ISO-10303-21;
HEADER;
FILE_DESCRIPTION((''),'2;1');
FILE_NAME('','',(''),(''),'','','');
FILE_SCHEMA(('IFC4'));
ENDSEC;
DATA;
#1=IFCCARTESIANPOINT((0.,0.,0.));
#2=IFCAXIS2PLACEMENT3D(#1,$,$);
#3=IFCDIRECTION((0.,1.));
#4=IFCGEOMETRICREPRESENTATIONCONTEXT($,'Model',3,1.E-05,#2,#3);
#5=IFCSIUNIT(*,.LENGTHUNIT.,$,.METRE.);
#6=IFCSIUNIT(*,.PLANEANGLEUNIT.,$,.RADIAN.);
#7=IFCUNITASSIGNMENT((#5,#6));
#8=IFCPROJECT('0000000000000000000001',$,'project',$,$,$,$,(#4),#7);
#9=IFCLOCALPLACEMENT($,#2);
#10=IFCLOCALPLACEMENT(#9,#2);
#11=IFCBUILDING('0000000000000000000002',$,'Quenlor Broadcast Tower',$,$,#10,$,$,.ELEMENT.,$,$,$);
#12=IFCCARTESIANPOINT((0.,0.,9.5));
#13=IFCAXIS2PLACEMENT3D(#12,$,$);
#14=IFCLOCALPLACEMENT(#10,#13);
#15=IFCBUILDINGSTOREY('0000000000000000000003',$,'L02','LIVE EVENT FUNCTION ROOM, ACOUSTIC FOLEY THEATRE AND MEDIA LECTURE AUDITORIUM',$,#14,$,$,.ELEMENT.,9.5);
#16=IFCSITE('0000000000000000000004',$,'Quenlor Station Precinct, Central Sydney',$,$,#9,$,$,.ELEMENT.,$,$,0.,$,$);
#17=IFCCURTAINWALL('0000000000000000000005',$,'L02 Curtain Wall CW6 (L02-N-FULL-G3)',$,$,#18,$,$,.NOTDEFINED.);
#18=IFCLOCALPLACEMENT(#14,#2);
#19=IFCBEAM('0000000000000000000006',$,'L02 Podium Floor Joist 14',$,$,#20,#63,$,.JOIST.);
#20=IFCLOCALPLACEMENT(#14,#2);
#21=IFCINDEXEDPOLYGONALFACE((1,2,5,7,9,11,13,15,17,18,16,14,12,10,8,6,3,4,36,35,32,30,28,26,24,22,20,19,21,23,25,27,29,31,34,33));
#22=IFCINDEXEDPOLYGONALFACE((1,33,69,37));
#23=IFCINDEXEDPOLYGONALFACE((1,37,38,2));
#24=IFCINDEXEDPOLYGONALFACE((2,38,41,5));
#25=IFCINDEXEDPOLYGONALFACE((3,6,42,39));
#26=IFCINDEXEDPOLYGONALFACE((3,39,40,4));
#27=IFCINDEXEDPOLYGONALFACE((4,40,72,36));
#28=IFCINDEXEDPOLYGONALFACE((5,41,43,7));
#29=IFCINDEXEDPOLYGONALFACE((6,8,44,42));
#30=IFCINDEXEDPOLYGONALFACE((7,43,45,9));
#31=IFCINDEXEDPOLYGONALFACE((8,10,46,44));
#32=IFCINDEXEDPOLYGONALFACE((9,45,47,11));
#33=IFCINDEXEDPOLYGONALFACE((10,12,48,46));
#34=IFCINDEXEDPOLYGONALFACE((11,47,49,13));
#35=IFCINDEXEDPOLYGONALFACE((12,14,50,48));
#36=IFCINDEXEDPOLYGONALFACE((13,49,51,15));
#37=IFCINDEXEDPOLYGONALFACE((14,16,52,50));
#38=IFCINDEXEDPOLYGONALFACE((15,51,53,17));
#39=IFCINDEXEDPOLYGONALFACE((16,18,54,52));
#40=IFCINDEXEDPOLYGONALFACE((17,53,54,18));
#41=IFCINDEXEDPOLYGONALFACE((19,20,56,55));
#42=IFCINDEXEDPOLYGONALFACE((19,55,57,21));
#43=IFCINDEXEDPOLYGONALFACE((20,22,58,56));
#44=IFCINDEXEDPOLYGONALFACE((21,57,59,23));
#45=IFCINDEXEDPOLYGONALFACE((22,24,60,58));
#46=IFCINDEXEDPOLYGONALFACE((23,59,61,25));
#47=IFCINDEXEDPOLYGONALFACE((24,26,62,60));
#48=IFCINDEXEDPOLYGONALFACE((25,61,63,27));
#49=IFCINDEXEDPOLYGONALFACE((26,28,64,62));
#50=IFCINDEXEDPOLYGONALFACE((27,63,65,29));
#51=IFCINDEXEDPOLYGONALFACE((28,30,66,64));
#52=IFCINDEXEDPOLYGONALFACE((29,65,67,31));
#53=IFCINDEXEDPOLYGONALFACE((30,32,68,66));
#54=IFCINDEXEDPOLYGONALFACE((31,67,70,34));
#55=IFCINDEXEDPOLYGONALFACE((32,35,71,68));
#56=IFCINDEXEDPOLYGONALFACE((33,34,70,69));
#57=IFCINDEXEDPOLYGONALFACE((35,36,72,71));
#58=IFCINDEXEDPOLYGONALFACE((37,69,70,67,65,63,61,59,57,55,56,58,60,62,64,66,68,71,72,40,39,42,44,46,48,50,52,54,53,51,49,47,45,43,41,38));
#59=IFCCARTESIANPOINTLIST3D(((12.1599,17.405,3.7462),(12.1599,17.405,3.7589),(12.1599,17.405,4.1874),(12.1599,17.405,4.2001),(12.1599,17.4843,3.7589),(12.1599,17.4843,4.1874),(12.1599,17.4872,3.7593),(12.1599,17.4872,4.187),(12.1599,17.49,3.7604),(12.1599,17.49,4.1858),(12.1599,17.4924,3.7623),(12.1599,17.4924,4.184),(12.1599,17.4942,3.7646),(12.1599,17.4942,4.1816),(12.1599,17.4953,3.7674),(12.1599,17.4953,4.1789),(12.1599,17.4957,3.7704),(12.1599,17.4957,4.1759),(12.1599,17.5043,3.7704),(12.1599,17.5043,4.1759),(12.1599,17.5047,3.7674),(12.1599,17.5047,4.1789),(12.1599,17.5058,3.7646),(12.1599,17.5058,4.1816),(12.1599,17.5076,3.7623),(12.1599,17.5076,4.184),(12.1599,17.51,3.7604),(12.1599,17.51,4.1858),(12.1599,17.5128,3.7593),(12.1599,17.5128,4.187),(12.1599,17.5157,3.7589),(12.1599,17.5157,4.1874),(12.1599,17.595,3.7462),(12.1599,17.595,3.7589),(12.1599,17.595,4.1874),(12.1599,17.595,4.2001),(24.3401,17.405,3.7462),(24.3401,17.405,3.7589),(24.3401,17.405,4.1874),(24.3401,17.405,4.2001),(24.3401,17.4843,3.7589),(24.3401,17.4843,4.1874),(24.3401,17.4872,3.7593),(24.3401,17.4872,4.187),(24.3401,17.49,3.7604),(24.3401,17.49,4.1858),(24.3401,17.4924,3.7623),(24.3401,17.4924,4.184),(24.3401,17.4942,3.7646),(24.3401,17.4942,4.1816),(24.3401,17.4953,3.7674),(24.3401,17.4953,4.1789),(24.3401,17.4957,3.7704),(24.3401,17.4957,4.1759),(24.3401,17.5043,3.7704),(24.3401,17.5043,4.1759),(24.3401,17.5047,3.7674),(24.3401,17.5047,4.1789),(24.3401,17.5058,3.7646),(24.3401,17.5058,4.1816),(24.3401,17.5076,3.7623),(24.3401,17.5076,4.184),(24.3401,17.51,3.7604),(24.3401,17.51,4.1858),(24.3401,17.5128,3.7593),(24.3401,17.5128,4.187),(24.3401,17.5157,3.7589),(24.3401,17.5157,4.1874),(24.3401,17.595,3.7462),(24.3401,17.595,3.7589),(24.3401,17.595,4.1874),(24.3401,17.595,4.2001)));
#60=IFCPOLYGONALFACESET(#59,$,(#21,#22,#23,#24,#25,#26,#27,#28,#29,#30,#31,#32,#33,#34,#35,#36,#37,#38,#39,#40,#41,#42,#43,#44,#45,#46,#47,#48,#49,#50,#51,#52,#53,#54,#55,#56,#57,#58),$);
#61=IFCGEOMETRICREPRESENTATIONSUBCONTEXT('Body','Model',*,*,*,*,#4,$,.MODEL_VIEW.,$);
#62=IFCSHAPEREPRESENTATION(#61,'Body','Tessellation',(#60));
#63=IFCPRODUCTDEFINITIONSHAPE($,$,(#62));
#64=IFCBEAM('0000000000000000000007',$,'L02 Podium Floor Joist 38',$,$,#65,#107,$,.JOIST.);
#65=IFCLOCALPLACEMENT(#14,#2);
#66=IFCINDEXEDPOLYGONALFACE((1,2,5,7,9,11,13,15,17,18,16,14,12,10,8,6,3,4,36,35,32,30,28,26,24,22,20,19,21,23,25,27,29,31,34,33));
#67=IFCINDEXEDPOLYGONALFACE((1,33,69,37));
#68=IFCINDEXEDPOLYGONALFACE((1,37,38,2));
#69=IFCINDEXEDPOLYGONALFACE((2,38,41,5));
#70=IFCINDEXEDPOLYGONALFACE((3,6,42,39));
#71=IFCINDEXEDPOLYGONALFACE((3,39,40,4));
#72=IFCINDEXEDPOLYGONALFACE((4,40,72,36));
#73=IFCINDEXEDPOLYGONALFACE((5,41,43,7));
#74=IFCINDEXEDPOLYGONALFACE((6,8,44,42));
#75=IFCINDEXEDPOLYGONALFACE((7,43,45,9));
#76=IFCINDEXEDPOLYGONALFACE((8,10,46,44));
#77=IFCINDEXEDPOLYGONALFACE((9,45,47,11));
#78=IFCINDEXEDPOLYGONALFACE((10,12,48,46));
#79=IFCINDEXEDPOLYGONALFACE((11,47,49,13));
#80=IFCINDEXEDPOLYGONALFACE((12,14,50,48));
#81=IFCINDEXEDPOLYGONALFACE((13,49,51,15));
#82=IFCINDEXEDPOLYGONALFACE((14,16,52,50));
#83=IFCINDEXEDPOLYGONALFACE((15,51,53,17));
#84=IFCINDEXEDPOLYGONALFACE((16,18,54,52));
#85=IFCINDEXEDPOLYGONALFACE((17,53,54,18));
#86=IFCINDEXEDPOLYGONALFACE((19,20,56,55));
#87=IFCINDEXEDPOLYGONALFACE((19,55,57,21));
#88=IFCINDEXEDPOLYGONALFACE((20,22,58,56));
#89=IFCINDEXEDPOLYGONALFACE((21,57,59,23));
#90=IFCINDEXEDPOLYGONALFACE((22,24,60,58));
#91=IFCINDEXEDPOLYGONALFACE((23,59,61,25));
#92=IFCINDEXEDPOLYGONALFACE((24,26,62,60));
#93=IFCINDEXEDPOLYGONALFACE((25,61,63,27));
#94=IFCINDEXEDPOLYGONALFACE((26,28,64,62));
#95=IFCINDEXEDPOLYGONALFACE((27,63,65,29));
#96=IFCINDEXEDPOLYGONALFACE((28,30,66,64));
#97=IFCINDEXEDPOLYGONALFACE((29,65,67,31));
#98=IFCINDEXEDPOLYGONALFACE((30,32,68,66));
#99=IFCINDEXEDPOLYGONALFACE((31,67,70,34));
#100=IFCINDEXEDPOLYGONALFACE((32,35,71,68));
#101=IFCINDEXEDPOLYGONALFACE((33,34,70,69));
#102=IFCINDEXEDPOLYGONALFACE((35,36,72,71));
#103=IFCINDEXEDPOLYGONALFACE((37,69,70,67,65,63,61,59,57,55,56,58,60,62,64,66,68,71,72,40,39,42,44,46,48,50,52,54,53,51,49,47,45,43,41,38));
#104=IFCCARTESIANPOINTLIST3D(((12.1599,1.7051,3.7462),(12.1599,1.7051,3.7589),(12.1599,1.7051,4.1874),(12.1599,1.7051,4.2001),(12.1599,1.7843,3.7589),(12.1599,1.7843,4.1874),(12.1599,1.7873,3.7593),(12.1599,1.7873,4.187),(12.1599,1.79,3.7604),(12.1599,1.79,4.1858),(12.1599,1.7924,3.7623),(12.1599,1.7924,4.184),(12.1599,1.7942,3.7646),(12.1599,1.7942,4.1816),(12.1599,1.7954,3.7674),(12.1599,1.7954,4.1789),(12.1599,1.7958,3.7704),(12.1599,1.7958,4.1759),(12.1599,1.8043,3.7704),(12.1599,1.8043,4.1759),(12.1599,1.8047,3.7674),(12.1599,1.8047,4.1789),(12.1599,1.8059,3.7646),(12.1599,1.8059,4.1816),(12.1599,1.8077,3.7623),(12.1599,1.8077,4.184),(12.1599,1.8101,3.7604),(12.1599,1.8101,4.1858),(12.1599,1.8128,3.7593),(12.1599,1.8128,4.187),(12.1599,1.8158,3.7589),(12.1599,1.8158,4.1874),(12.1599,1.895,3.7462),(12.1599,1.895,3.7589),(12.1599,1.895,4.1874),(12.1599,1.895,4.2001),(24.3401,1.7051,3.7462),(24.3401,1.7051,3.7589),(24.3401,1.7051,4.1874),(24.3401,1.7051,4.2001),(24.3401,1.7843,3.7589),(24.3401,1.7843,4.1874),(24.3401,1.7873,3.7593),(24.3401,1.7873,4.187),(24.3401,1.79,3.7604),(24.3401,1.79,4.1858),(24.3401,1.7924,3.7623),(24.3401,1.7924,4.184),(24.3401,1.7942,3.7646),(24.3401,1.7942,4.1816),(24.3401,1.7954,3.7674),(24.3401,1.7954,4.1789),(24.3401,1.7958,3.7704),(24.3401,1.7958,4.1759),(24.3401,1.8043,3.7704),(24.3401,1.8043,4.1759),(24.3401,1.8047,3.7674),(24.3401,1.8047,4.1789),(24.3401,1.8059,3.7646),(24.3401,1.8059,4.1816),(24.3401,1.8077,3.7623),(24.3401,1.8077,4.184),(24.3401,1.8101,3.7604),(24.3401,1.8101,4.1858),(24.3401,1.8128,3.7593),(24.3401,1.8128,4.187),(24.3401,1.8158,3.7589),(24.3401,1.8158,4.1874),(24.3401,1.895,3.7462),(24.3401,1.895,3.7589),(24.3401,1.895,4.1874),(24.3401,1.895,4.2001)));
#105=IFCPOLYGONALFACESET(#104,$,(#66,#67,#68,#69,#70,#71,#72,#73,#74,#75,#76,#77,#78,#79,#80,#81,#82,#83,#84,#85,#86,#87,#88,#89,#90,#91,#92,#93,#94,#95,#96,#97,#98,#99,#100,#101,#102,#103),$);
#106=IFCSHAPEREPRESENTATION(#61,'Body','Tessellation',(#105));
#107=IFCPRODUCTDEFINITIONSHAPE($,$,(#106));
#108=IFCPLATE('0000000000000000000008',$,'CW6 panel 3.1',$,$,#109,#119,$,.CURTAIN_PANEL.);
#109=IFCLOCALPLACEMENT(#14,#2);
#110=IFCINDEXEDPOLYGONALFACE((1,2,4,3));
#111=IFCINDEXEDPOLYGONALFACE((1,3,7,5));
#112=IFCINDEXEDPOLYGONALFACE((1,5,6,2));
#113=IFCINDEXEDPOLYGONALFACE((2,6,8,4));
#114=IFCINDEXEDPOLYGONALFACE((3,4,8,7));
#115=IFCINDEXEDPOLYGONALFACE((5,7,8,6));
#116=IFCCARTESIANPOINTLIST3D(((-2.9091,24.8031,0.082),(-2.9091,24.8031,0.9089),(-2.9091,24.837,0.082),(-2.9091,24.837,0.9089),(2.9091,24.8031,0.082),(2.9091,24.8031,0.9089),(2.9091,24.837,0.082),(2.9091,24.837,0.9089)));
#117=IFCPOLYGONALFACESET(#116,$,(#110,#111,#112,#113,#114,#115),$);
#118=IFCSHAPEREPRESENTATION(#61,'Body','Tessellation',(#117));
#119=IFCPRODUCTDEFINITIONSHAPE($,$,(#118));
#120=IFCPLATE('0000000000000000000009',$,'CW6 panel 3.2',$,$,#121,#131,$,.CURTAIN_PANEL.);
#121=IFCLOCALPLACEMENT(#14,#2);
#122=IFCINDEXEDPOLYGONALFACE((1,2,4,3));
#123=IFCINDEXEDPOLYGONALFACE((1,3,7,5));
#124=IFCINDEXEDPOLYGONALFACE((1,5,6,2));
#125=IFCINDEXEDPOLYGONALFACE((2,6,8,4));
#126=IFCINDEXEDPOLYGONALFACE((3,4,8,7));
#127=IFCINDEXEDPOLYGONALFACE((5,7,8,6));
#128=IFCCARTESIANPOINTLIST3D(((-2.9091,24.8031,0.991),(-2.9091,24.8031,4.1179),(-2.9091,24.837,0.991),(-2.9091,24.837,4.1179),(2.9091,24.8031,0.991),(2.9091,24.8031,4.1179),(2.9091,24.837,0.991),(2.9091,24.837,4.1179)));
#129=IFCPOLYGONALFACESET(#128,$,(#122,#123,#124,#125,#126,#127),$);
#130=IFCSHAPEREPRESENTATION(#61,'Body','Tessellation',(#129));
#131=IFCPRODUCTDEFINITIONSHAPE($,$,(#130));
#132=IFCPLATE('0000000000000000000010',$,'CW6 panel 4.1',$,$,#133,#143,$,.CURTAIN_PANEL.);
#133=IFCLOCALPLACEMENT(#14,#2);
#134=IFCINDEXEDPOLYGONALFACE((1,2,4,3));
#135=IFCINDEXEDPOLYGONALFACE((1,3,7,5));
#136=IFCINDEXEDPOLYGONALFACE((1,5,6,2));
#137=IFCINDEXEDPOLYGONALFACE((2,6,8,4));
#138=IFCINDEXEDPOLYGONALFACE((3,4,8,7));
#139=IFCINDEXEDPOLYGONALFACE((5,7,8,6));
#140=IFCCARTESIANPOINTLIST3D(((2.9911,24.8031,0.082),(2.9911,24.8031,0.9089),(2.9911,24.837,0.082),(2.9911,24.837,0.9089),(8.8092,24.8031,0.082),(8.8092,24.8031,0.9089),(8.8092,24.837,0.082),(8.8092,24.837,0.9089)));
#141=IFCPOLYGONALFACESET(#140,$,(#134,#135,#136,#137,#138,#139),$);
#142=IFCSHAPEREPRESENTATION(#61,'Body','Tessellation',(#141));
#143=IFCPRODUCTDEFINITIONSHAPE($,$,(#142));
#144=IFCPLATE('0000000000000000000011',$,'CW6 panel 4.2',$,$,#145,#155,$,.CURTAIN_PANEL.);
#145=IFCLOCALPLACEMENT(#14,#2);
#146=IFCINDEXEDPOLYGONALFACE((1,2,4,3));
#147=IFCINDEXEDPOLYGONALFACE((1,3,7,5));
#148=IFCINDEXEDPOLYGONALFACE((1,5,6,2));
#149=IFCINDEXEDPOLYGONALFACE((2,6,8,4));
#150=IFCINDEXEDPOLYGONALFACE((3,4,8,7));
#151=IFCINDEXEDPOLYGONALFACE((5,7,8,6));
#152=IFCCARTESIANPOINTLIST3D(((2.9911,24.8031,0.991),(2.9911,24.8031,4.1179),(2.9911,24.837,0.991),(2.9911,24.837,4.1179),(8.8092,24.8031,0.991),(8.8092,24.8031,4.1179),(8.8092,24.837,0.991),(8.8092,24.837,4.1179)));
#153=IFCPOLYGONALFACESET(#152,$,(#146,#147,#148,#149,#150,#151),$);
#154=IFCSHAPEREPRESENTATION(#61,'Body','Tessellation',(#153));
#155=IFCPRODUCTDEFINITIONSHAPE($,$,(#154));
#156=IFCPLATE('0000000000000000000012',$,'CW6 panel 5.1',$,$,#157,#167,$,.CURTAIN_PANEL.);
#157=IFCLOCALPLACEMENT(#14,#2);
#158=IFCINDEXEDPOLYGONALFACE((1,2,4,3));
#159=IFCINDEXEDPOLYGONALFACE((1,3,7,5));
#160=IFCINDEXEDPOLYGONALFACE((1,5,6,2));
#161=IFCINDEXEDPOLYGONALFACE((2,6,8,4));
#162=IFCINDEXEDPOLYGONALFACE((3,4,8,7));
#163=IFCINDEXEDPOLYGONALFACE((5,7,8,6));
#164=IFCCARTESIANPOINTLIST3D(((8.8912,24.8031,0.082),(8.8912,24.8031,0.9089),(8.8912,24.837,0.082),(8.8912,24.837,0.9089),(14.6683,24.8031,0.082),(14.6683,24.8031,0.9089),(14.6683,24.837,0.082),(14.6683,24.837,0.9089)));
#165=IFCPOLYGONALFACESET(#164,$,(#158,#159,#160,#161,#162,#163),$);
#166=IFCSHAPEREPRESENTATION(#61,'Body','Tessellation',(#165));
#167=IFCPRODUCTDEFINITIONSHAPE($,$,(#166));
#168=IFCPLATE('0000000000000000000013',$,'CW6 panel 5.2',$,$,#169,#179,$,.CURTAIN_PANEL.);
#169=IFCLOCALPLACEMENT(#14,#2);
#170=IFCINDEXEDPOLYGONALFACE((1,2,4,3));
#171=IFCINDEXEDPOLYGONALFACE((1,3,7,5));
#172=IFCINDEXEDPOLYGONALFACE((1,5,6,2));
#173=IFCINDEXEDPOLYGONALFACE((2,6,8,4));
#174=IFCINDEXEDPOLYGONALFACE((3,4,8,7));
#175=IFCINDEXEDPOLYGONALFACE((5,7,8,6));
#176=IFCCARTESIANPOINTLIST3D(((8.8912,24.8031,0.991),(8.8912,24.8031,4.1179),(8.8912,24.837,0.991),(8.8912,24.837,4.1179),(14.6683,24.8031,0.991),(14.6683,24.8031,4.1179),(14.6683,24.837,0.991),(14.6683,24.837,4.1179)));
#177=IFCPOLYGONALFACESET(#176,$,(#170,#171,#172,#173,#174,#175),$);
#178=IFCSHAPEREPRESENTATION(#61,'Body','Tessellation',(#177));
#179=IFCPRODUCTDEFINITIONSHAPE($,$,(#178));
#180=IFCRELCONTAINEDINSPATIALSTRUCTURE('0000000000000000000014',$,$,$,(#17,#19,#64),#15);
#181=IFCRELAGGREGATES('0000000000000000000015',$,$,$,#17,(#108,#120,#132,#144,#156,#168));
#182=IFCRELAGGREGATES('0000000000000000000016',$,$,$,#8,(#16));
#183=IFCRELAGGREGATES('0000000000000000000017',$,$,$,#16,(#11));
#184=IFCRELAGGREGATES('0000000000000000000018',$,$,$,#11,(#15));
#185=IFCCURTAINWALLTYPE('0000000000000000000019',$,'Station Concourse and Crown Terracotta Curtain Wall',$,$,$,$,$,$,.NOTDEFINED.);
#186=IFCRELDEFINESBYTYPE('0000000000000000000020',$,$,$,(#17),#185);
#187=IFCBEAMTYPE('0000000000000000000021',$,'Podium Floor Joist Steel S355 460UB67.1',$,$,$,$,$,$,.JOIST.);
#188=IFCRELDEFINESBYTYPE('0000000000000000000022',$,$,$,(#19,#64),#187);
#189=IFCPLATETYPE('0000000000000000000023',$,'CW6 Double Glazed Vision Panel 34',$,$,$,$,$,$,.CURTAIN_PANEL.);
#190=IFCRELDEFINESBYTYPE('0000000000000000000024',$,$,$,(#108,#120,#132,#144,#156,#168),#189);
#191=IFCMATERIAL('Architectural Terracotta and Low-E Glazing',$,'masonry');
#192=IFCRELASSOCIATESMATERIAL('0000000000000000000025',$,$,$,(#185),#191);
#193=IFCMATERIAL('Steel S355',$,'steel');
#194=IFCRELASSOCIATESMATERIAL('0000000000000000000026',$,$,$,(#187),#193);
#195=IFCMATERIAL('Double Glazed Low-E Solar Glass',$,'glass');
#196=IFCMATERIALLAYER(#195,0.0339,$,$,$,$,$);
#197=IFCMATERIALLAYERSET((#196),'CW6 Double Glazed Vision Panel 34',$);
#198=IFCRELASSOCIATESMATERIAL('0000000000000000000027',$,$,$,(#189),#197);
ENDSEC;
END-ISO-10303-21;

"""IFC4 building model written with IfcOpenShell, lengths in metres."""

from ifc_helpers import new_model, si_unit, direction, frame, origin, origin_2d, place, context, subcontext, project, spatial, rectangle, i_section, extrude, material, layer, layer_set, material_profile, profile_set, type_object, element, aggregate, save


model = new_model("IFC4")

# Units and contexts
model_context = context("Model", 3, precision=1e-05, world=origin(), true_north=direction((0.0, 1.0)))
body_context = subcontext(model_context, "Body", "Model", "MODEL_VIEW")
ifc_project = project(units=[si_unit("LENGTHUNIT", "METRE"), si_unit("PLANEANGLEUNIT", "RADIAN")], contexts=[model_context])

# Site, building, storey
site_placement = place(None, origin())
site = spatial("IfcSite", under=ifc_project, at=site_placement, Name="Quenlor Station Precinct, Central Sydney", CompositionType="ELEMENT", RefElevation=0.0)
building_placement = place(site_placement, origin())
building = spatial("IfcBuilding", under=site, at=building_placement, Name="Quenlor Broadcast Tower", CompositionType="ELEMENT")
storey_placement = place(building_placement, frame((0.0, 0.0, 9.5)))
storey = spatial("IfcBuildingStorey", under=building, at=storey_placement, Name="L02", Description="LIVE EVENT FUNCTION ROOM, ACOUSTIC FOLEY THEATRE AND MEDIA LECTURE AUDITORIUM", CompositionType="ELEMENT", Elevation=9.5)

# Curtain wall
ifc_material_1 = material(Name="Architectural Terracotta and Low-E Glazing", Category="masonry")
curtain_wall_type = type_object("IfcCurtainWallType", Name="Station Concourse and Crown Terracotta Curtain Wall", PredefinedType="NOTDEFINED", material=ifc_material_1)
curtain_wall_placement = place(storey_placement, origin())
curtain_wall = element("IfcCurtainWall", 1, at=curtain_wall_placement, inside=storey, type_object=curtain_wall_type, Name="L02 Curtain Wall CW6 (L02-N-FULL-G3)", PredefinedType="NOTDEFINED")

# Beams
ifc_material_2 = material(Name="Steel S355", Category="steel")
ifc_material_profile_1 = material_profile(ifc_material_2, i_section(OverallWidth=0.1899, OverallDepth=0.4539, WebThickness=0.0085, FlangeThickness=0.0127, FilletRadius=0.0115, at=origin_2d()))
ifc_profile_set_1 = profile_set([ifc_material_profile_1], Name="Steel S355 460UB67.1")
beam_type_1 = type_object("IfcBeamType", Name="Podium Floor Joist Steel S355 460UB67.1", PredefinedType="JOIST", material=ifc_profile_set_1)
for number, where, z_axis, x_axis, name in (
    (2, (12.1599, 17.5, 3.9731), (1.0, 0.0, 0.0), (0.0, 1.0, 0.0), "L02 Podium Floor Joist 14"),
    (3, (12.1599, 1.8, 3.9731), (1.0, 0.0, 0.0), (0.0, 1.0, 0.0), "L02 Podium Floor Joist 38"),
):
    element("IfcBeam", number, at=place(storey_placement, frame(where, z_axis=z_axis, x_axis=x_axis)), inside=storey, type_object=beam_type_1, Name=name, PredefinedType="JOIST", context=body_context, shape_type="SweptSolid", body=[
        extrude(i_section(OverallWidth=0.1899, OverallDepth=0.4539, WebThickness=0.0085, FlangeThickness=0.0127, FilletRadius=0.0115, at=origin_2d()), origin(), (0.0, 0.0, 1.0), 12.1802),
    ])

# Plates
ifc_material_3 = material(Name="Double Glazed Low-E Solar Glass", Category="glass")
ifc_layer_1 = layer(ifc_material_3, 0.0339)
ifc_layer_set_1 = layer_set([ifc_layer_1], Name="CW6 Double Glazed Vision Panel 34")
plate_type = type_object("IfcPlateType", Name="CW6 Double Glazed Vision Panel 34", PredefinedType="CURTAIN_PANEL", material=ifc_layer_set_1)
plate_1_placement = place(storey_placement, frame((0.0, 24.8201, 0.082), z_axis=(0.0, 0.0, 1.0), x_axis=(1.0, 0.0, 0.0)))
plate_1 = element("IfcPlate", 4, at=plate_1_placement, type_object=plate_type, Name="CW6 panel 3.1", PredefinedType="CURTAIN_PANEL", context=body_context, shape_type="SweptSolid", body=[
    extrude(rectangle(XDim=5.8181, YDim=0.0339, at=origin_2d()), origin(), (0.0, 0.0, 1.0), 0.8269),
])
plate_2_placement = place(storey_placement, frame((0.0, 24.8201, 0.991), z_axis=(0.0, 0.0, 1.0), x_axis=(1.0, 0.0, 0.0)))
plate_2 = element("IfcPlate", 5, at=plate_2_placement, type_object=plate_type, Name="CW6 panel 3.2", PredefinedType="CURTAIN_PANEL", context=body_context, shape_type="SweptSolid", body=[
    extrude(rectangle(XDim=5.8181, YDim=0.0339, at=origin_2d()), origin(), (0.0, 0.0, 1.0), 3.127),
])
plate_3_placement = place(storey_placement, frame((5.9001, 24.8201, 0.082), z_axis=(0.0, 0.0, 1.0), x_axis=(1.0, 0.0, 0.0)))
plate_3 = element("IfcPlate", 6, at=plate_3_placement, type_object=plate_type, Name="CW6 panel 4.1", PredefinedType="CURTAIN_PANEL", context=body_context, shape_type="SweptSolid", body=[
    extrude(rectangle(XDim=5.8181, YDim=0.0339, at=origin_2d()), origin(), (0.0, 0.0, 1.0), 0.8269),
])
plate_4_placement = place(storey_placement, frame((5.9001, 24.8201, 0.991), z_axis=(0.0, 0.0, 1.0), x_axis=(1.0, 0.0, 0.0)))
plate_4 = element("IfcPlate", 7, at=plate_4_placement, type_object=plate_type, Name="CW6 panel 4.2", PredefinedType="CURTAIN_PANEL", context=body_context, shape_type="SweptSolid", body=[
    extrude(rectangle(XDim=5.8181, YDim=0.0339, at=origin_2d()), origin(), (0.0, 0.0, 1.0), 3.127),
])
plate_5_placement = place(storey_placement, frame((11.7798, 24.8201, 0.082), z_axis=(0.0, 0.0, 1.0), x_axis=(1.0, 0.0, 0.0)))
plate_5 = element("IfcPlate", 8, at=plate_5_placement, type_object=plate_type, Name="CW6 panel 5.1", PredefinedType="CURTAIN_PANEL", context=body_context, shape_type="SweptSolid", body=[
    extrude(rectangle(XDim=5.7771, YDim=0.0339, at=origin_2d()), origin(), (0.0, 0.0, 1.0), 0.8269),
])
plate_6_placement = place(storey_placement, frame((11.7798, 24.8201, 0.991), z_axis=(0.0, 0.0, 1.0), x_axis=(1.0, 0.0, 0.0)))
plate_6 = element("IfcPlate", 9, at=plate_6_placement, type_object=plate_type, Name="CW6 panel 5.2", PredefinedType="CURTAIN_PANEL", context=body_context, shape_type="SweptSolid", body=[
    extrude(rectangle(XDim=5.7771, YDim=0.0339, at=origin_2d()), origin(), (0.0, 0.0, 1.0), 3.127),
])
aggregate(curtain_wall, [plate_1, plate_2, plate_3, plate_4, plate_5, plate_6])

save(model, "model.ifc")
